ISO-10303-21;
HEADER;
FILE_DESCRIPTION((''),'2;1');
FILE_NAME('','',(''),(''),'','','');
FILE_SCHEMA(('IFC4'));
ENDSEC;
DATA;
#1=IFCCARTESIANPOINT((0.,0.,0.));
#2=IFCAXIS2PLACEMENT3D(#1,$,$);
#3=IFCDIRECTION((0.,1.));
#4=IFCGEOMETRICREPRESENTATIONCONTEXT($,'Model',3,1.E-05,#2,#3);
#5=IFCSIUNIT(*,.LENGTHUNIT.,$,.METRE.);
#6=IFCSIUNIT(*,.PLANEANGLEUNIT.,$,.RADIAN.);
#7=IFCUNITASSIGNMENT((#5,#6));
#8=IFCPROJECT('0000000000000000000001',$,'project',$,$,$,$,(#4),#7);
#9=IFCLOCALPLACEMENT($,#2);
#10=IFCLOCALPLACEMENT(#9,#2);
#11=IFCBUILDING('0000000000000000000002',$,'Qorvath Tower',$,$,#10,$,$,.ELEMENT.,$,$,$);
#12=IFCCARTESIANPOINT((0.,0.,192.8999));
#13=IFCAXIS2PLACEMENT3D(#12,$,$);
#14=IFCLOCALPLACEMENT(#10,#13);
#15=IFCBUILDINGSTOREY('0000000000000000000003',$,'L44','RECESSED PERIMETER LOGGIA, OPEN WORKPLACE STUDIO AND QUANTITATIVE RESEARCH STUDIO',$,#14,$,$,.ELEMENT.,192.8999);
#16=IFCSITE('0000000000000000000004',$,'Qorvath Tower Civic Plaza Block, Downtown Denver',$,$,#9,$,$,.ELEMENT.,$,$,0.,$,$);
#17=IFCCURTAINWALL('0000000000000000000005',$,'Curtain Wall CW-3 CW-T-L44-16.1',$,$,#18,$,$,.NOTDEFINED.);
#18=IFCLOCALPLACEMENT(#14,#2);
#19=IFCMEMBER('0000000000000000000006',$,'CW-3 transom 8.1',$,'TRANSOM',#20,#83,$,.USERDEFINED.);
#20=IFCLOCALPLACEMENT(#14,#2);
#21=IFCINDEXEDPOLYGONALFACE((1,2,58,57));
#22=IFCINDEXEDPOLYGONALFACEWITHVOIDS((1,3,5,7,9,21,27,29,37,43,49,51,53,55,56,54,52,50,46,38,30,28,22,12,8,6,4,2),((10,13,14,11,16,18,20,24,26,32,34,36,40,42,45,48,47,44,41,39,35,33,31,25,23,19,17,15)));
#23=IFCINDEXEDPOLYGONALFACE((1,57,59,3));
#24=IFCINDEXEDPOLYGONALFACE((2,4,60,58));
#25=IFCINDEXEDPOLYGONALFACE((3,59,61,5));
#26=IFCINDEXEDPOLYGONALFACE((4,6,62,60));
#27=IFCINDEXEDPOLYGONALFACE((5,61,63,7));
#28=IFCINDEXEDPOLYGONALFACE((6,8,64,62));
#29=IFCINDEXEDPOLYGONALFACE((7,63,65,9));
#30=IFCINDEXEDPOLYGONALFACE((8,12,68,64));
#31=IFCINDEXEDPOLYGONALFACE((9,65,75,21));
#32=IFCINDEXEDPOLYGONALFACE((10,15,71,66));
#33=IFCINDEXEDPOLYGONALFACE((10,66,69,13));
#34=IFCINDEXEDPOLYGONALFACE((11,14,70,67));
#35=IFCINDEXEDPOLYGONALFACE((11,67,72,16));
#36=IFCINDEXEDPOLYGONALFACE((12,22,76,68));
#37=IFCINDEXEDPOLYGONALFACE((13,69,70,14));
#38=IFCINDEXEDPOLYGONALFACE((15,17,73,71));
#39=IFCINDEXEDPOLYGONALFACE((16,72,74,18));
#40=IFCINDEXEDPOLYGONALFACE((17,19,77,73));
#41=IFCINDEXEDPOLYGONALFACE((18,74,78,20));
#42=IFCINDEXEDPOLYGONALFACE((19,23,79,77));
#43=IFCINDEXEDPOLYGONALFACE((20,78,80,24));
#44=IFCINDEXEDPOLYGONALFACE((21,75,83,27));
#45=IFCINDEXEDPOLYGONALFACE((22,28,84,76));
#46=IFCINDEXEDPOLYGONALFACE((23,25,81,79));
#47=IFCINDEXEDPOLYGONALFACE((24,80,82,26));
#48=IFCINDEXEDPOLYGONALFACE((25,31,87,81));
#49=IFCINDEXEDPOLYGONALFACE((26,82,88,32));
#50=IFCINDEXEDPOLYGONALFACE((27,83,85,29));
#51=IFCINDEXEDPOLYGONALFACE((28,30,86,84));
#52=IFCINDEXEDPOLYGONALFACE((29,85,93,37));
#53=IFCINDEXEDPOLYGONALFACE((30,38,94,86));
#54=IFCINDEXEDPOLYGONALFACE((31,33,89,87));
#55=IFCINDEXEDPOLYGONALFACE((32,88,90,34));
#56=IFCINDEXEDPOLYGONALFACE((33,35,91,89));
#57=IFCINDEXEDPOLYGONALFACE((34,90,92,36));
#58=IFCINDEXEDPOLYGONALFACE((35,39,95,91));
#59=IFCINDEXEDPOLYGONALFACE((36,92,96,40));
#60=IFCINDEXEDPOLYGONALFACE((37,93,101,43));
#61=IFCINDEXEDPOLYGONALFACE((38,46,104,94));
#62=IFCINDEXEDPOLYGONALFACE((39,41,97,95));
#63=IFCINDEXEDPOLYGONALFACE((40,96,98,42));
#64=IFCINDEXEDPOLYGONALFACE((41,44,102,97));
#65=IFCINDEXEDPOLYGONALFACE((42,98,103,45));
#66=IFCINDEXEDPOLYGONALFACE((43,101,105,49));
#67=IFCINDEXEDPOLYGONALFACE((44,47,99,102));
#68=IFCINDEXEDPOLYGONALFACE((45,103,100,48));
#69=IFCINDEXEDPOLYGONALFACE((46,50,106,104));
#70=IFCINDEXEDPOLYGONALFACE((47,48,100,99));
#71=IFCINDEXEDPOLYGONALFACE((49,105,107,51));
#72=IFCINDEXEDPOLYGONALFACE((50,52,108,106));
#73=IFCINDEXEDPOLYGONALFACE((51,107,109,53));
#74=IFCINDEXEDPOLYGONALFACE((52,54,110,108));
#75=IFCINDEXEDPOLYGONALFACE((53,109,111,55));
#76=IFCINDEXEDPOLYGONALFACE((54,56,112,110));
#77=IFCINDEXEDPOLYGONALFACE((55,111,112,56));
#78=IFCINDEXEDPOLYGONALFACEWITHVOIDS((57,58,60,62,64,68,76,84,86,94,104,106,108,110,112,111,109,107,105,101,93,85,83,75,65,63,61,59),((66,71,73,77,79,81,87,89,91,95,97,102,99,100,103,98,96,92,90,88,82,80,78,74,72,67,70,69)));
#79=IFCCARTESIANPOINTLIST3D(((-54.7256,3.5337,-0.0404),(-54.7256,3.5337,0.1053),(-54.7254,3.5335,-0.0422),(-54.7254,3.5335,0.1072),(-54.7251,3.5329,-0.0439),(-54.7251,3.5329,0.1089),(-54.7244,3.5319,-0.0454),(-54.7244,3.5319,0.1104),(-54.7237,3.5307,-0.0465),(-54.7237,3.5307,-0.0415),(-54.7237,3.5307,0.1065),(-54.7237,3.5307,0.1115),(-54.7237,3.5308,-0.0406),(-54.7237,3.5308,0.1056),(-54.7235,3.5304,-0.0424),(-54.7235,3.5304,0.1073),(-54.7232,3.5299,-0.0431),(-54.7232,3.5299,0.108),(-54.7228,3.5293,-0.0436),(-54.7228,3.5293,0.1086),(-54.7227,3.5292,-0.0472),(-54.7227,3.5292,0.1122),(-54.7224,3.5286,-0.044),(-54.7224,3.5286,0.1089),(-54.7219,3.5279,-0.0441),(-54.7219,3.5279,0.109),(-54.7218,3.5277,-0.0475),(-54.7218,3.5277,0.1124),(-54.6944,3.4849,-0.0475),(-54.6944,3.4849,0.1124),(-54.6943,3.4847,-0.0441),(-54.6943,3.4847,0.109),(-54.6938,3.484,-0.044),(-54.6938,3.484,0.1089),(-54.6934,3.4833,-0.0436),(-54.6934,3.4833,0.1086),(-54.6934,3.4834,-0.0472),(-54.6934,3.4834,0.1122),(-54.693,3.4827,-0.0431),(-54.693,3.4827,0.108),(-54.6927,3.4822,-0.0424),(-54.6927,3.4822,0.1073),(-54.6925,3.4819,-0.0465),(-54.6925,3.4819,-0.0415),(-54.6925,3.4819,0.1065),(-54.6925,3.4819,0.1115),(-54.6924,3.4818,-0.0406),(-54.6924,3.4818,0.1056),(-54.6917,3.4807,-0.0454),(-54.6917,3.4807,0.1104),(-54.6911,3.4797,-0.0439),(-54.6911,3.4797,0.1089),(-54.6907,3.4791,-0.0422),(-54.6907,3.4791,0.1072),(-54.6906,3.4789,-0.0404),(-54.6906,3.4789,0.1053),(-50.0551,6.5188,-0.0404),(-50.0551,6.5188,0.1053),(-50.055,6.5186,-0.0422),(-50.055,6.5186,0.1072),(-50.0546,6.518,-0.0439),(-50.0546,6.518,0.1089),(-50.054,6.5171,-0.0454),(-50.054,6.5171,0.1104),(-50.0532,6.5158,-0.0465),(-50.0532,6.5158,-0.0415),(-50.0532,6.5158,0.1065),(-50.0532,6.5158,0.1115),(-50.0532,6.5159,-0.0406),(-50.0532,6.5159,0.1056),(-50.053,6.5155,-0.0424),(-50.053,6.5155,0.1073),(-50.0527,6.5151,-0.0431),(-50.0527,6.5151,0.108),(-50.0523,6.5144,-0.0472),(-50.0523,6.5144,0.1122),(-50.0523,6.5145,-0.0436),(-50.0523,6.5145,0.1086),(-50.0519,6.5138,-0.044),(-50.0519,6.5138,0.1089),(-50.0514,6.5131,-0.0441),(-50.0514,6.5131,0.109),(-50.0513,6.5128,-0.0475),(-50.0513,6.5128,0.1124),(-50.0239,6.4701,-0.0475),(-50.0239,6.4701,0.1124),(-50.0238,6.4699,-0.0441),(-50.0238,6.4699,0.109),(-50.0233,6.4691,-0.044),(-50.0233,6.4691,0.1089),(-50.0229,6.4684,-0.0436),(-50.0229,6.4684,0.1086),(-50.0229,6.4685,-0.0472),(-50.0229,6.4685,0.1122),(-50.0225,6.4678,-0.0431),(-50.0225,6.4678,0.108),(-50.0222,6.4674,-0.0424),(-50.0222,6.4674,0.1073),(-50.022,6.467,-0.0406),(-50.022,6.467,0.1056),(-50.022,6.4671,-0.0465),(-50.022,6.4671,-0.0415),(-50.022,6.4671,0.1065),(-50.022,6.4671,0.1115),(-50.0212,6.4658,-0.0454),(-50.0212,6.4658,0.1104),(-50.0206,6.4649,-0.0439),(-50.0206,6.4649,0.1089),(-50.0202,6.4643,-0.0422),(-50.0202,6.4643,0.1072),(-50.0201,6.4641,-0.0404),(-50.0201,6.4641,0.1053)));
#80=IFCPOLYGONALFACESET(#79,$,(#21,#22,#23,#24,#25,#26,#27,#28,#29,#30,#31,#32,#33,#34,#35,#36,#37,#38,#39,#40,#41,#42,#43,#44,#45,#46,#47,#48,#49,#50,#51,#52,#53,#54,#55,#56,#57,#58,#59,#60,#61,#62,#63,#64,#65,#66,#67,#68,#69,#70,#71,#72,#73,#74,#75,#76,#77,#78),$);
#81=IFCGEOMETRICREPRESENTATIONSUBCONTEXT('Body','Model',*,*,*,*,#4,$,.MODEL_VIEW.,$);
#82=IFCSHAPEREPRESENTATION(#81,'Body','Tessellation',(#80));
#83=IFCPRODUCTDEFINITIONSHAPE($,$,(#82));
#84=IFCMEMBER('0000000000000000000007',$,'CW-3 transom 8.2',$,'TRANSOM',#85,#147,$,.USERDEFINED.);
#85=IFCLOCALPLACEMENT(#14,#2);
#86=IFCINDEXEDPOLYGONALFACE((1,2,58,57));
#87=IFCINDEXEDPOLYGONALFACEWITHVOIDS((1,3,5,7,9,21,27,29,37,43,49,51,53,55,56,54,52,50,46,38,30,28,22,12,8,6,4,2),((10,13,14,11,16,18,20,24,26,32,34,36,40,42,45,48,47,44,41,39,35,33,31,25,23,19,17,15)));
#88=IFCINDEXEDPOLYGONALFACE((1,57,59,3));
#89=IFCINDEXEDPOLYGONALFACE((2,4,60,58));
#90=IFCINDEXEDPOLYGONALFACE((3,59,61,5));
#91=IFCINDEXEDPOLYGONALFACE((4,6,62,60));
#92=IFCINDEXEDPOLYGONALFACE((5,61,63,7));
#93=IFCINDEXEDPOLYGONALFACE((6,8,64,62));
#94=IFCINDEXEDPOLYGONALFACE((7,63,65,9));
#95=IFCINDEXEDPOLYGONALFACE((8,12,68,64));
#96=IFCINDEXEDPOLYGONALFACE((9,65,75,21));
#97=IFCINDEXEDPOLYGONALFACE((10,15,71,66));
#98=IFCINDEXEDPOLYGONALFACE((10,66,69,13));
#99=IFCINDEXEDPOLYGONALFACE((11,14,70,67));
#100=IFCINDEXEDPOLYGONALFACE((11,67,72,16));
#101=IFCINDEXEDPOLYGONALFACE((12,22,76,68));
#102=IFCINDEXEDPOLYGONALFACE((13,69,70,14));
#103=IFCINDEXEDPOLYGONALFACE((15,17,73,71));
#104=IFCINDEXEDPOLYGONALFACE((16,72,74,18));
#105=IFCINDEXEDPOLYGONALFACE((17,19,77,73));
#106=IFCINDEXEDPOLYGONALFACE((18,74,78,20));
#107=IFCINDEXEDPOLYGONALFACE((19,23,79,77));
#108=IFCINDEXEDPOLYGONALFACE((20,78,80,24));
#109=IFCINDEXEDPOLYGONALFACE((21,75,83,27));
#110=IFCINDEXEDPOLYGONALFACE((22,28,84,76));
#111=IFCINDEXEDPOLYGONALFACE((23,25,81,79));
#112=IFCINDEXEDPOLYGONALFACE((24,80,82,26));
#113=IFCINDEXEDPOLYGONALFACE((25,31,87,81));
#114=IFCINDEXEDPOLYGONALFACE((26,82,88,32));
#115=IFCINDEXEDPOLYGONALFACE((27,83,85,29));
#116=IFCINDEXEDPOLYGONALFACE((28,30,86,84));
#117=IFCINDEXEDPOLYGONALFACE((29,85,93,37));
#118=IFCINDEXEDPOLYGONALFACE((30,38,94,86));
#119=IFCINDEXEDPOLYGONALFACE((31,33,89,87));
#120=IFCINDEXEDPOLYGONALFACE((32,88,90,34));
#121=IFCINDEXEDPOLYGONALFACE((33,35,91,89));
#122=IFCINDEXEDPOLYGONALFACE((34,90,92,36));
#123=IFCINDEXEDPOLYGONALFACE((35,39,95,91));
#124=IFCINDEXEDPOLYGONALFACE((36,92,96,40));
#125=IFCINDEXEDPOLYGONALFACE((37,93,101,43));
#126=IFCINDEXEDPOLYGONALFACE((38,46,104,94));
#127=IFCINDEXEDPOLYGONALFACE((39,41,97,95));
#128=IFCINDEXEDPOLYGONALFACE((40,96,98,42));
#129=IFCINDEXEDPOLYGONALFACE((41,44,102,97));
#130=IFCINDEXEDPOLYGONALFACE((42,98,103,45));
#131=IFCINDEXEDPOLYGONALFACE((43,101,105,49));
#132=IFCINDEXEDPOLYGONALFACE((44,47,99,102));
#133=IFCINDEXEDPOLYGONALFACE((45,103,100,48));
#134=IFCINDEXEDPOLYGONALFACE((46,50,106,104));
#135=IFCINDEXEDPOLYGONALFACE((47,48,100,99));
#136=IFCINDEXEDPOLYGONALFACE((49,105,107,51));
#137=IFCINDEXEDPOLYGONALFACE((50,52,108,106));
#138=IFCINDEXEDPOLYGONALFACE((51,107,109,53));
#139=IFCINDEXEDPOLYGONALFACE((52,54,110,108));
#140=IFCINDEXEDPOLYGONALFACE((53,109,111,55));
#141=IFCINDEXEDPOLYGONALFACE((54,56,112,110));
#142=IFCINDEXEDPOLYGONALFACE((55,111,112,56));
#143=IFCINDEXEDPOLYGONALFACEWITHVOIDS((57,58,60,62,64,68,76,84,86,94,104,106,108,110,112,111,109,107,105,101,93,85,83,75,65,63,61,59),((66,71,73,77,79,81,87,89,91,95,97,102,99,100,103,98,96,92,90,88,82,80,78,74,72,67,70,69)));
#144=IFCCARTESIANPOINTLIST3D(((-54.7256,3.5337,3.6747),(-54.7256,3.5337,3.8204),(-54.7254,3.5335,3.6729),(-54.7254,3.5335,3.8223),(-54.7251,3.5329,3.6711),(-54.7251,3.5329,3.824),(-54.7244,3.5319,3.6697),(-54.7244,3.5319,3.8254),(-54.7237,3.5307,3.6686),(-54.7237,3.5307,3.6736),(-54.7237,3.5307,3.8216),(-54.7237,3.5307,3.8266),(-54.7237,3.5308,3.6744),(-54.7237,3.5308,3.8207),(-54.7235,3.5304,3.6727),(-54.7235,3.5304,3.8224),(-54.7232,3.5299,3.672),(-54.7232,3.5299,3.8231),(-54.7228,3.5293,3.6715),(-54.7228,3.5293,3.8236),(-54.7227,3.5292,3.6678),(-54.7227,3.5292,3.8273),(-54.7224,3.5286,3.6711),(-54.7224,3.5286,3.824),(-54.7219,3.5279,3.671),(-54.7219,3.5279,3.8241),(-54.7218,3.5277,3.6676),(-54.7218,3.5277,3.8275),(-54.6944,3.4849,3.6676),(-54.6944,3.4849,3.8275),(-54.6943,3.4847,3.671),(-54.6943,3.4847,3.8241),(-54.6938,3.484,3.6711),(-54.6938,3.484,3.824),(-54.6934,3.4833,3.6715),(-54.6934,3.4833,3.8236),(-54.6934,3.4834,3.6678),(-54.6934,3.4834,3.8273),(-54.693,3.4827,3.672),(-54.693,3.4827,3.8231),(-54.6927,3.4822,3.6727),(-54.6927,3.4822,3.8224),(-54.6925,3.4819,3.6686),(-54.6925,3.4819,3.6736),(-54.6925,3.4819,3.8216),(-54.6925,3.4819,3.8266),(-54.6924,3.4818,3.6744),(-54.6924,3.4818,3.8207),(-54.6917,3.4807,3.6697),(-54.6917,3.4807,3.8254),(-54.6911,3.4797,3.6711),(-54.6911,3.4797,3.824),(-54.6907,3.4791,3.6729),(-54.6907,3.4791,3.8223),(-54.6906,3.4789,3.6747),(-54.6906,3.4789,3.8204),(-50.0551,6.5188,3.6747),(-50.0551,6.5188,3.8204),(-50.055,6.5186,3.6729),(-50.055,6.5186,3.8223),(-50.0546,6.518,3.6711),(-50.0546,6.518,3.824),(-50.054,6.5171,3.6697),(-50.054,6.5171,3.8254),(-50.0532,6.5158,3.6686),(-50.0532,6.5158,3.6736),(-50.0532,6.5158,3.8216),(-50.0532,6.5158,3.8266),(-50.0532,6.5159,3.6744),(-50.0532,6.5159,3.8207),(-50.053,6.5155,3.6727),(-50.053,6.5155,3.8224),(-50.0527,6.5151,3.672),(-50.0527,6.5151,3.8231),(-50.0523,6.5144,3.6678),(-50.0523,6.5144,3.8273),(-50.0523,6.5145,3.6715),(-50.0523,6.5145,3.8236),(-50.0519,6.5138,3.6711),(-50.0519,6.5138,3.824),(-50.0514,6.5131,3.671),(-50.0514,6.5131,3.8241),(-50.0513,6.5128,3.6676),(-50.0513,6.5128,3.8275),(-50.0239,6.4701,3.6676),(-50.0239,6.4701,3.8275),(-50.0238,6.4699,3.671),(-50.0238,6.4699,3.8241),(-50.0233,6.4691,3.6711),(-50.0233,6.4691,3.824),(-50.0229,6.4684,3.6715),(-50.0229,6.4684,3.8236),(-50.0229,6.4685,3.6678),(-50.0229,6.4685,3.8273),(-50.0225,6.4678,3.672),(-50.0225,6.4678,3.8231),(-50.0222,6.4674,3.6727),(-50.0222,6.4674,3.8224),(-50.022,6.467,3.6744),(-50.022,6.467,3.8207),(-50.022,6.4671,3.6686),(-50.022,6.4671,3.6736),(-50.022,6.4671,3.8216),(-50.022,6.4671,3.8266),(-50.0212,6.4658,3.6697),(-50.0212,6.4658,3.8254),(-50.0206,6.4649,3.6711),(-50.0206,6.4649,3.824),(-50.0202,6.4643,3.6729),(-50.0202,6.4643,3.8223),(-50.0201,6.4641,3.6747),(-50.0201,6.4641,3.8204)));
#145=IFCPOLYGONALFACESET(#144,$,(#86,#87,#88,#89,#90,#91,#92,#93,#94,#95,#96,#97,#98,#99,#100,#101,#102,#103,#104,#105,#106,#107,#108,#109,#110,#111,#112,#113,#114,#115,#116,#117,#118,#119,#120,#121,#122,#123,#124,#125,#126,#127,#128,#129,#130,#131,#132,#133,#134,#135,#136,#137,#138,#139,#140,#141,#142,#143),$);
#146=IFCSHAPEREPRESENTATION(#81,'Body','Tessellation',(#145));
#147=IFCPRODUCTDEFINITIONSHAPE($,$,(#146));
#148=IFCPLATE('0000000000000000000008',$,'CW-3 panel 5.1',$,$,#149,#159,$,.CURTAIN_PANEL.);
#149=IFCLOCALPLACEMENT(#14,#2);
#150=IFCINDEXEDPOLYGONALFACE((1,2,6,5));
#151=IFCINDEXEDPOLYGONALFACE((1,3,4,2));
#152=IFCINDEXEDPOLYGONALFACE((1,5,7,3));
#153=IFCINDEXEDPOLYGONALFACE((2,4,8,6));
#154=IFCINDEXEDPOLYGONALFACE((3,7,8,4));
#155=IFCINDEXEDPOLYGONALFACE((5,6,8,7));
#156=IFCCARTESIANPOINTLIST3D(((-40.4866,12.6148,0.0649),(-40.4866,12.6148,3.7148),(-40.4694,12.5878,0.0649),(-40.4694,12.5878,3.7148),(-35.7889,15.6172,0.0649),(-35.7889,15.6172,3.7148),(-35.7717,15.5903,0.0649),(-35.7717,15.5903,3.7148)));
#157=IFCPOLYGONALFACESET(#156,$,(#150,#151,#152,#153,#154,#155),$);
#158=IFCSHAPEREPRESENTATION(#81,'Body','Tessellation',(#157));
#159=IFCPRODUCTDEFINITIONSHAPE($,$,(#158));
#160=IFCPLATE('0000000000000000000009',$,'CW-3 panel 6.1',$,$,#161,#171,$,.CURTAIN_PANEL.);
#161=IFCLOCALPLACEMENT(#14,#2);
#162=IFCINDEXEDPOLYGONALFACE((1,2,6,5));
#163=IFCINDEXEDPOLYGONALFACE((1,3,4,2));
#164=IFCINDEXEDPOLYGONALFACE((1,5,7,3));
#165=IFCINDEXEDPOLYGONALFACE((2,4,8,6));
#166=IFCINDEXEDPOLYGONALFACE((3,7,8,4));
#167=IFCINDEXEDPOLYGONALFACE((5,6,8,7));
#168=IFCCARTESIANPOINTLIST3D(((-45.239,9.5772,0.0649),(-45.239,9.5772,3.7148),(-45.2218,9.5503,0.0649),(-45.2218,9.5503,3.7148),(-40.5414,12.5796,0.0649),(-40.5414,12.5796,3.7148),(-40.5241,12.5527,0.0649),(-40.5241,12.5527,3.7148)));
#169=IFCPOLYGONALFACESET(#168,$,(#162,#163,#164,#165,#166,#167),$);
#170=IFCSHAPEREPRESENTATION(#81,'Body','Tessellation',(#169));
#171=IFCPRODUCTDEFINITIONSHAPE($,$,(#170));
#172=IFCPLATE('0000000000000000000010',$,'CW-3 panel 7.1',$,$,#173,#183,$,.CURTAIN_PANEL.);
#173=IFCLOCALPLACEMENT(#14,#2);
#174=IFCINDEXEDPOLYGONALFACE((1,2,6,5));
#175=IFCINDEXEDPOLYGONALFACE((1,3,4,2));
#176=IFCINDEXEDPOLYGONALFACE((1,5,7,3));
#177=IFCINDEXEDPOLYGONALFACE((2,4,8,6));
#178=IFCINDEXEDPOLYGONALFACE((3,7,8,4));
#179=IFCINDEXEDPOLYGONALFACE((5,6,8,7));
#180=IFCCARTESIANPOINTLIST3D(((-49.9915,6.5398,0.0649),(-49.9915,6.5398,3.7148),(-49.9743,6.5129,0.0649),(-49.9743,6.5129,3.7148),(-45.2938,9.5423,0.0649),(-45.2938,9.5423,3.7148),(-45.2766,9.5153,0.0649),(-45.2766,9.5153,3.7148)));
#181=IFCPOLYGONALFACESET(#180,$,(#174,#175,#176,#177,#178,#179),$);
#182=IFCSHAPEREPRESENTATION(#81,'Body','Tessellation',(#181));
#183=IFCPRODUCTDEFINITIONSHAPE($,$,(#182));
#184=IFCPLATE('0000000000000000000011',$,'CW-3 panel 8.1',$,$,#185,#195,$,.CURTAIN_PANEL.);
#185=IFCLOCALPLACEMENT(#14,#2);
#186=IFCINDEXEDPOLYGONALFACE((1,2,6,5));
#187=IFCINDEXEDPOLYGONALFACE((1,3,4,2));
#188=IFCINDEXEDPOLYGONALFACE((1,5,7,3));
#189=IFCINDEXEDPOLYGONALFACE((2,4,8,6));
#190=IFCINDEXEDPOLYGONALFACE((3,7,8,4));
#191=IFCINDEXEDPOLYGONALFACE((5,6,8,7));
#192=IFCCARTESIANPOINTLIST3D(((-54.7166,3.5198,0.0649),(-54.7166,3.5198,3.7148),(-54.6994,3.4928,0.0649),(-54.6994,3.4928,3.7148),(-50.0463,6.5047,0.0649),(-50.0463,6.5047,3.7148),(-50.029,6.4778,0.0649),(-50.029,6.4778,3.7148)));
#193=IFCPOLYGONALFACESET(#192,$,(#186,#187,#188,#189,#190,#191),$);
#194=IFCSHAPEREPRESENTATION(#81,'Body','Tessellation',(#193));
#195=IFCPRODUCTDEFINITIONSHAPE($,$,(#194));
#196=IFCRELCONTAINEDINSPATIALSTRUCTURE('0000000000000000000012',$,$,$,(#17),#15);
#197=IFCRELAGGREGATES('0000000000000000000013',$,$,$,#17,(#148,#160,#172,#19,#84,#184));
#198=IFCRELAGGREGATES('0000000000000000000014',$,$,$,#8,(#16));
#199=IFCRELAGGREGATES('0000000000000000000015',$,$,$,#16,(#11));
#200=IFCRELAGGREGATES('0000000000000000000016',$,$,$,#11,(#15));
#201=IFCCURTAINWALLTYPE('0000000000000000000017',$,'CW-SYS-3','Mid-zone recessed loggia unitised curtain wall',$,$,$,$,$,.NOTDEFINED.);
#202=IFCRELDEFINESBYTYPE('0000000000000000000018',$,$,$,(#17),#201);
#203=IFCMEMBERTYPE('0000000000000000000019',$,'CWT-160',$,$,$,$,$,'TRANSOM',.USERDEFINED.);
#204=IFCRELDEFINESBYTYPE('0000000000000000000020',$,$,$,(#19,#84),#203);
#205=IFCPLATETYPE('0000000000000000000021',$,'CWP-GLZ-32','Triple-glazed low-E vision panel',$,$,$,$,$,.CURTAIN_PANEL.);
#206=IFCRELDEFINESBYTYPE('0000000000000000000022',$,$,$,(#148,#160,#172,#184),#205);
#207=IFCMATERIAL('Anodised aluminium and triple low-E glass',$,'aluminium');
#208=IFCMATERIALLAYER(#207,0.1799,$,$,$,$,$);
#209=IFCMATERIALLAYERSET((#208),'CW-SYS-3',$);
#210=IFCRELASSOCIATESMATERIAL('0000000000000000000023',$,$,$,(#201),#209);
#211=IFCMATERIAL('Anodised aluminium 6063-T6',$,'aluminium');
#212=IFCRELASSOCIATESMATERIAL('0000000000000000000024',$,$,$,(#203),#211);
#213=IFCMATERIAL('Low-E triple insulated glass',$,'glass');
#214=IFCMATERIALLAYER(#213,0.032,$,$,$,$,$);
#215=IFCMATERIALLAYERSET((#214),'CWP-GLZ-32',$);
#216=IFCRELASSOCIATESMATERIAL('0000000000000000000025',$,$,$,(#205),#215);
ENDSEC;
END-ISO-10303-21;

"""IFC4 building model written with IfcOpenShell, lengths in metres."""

from ifc_helpers import new_model, si_unit, direction, frame, origin, origin_2d, place, context, subcontext, project, spatial, rectangle, hollow_rectangle, extrude, material, layer, layer_set, material_profile, profile_set, type_object, element, aggregate, save


model = new_model("IFC4")

# Units and contexts
model_context = context("Model", 3, precision=1e-05, world=origin(), true_north=direction((0.0, 1.0)))
body_context = subcontext(model_context, "Body", "Model", "MODEL_VIEW")
ifc_project = project(units=[si_unit("LENGTHUNIT", "METRE"), si_unit("PLANEANGLEUNIT", "RADIAN")], contexts=[model_context])

# Site, building, storey
site_placement = place(None, origin())
site = spatial("IfcSite", under=ifc_project, at=site_placement, Name="Qorvath Tower Civic Plaza Block, Downtown Denver", CompositionType="ELEMENT", RefElevation=0.0)
building_placement = place(site_placement, origin())
building = spatial("IfcBuilding", under=site, at=building_placement, Name="Qorvath Tower", CompositionType="ELEMENT")
storey_placement = place(building_placement, frame((0.0, 0.0, 192.8999)))
storey = spatial("IfcBuildingStorey", under=building, at=storey_placement, Name="L44", Description="RECESSED PERIMETER LOGGIA, OPEN WORKPLACE STUDIO AND QUANTITATIVE RESEARCH STUDIO", CompositionType="ELEMENT", Elevation=192.8999)

# Curtain wall, members, plates
ifc_material_1 = material(Name="Anodised aluminium and triple low-E glass", Category="aluminium")
ifc_layer_1 = layer(ifc_material_1, 0.1799)
ifc_layer_set_1 = layer_set([ifc_layer_1], Name="CW-SYS-3")
curtain_wall_type = type_object("IfcCurtainWallType", Name="CW-SYS-3", Description="Mid-zone recessed loggia unitised curtain wall", PredefinedType="NOTDEFINED", material=ifc_layer_set_1)
curtain_wall_placement = place(storey_placement, origin())
curtain_wall = element("IfcCurtainWall", 1, at=curtain_wall_placement, inside=storey, type_object=curtain_wall_type, Name="Curtain Wall CW-3 CW-T-L44-16.1", PredefinedType="NOTDEFINED")
ifc_material_2 = material(Name="Anodised aluminium 6063-T6", Category="aluminium")
ifc_material_profile_1 = material_profile(ifc_material_2, hollow_rectangle(XDim=0.0649, YDim=0.1599, WallThickness=0.0034, InnerFilletRadius=0.0034, OuterFilletRadius=0.0071, at=origin_2d()), Name="CWT 160x65")
ifc_profile_set_1 = profile_set([ifc_material_profile_1], Name="Anodised aluminium 6063-T6")
member_type_1 = type_object("IfcMemberType", Name="CWT-160", ElementType="TRANSOM", PredefinedType="USERDEFINED", material=ifc_profile_set_1)
member_1_placement = place(storey_placement, frame((-50.0376, 6.4915, 0.0325), z_axis=(-0.842595, -0.538547, 0.0), x_axis=(0.538547, -0.842595, 0.0)))
member_1 = element("IfcMember", 2, at=member_1_placement, type_object=member_type_1, Name="CW-3 transom 8.1", ObjectType="TRANSOM", PredefinedType="USERDEFINED", context=body_context, shape_type="SweptSolid", body=[
    extrude(hollow_rectangle(XDim=0.0649, YDim=0.1599, WallThickness=0.0034, InnerFilletRadius=0.0034, OuterFilletRadius=0.0071, at=origin_2d()), origin(), (0.0, 0.0, 1.0), 5.543),
])
member_2_placement = place(storey_placement, frame((-50.0376, 6.4915, 3.7476), z_axis=(-0.842595, -0.538547, 0.0), x_axis=(0.538547, -0.842595, 0.0)))
member_2 = element("IfcMember", 3, at=member_2_placement, type_object=member_type_1, Name="CW-3 transom 8.2", ObjectType="TRANSOM", PredefinedType="USERDEFINED", context=body_context, shape_type="SweptSolid", body=[
    extrude(hollow_rectangle(XDim=0.0649, YDim=0.1599, WallThickness=0.0034, InnerFilletRadius=0.0034, OuterFilletRadius=0.0071, at=origin_2d()), origin(), (0.0, 0.0, 1.0), 5.543),
])
ifc_material_3 = material(Name="Low-E triple insulated glass", Category="glass")
ifc_layer_2 = layer(ifc_material_3, 0.032)
ifc_layer_set_2 = layer_set([ifc_layer_2], Name="CWP-GLZ-32")
plate_type = type_object("IfcPlateType", Name="CWP-GLZ-32", Description="Triple-glazed low-E vision panel", PredefinedType="CURTAIN_PANEL", material=ifc_layer_set_2)
plate_1_placement = place(storey_placement, frame((-38.1292, 14.1025, 0.0649), z_axis=(0.0, 0.0, 1.0), x_axis=(-0.842604, -0.538534, 0.0)))
plate_1 = element("IfcPlate", 4, at=plate_1_placement, type_object=plate_type, Name="CW-3 panel 5.1", PredefinedType="CURTAIN_PANEL", context=body_context, shape_type="SweptSolid", body=[
    extrude(rectangle(XDim=5.5752, YDim=0.032, at=origin_2d()), origin(), (0.0, 0.0, 1.0), 3.6499),
])
plate_2_placement = place(storey_placement, frame((-42.8816, 11.0649, 0.0649), z_axis=(0.0, 0.0, 1.0), x_axis=(-0.842604, -0.538534, 0.0)))
plate_2 = element("IfcPlate", 5, at=plate_2_placement, type_object=plate_type, Name="CW-3 panel 6.1", PredefinedType="CURTAIN_PANEL", context=body_context, shape_type="SweptSolid", body=[
    extrude(rectangle(XDim=5.5752, YDim=0.032, at=origin_2d()), origin(), (0.0, 0.0, 1.0), 3.6499),
])
plate_3_placement = place(storey_placement, frame((-47.634, 8.0276, 0.0649), z_axis=(0.0, 0.0, 1.0), x_axis=(-0.842604, -0.538534, 0.0)))
plate_3 = element("IfcPlate", 6, at=plate_3_placement, type_object=plate_type, Name="CW-3 panel 7.1", PredefinedType="CURTAIN_PANEL", context=body_context, shape_type="SweptSolid", body=[
    extrude(rectangle(XDim=5.5752, YDim=0.032, at=origin_2d()), origin(), (0.0, 0.0, 1.0), 3.6499),
])
plate_4_placement = place(storey_placement, frame((-52.3728, 4.9988, 0.0649), z_axis=(0.0, 0.0, 1.0), x_axis=(-0.842604, -0.538534, 0.0)))
plate_4 = element("IfcPlate", 7, at=plate_4_placement, type_object=plate_type, Name="CW-3 panel 8.1", PredefinedType="CURTAIN_PANEL", context=body_context, shape_type="SweptSolid", body=[
    extrude(rectangle(XDim=5.5427, YDim=0.032, at=origin_2d()), origin(), (0.0, 0.0, 1.0), 3.6499),
])
aggregate(curtain_wall, [plate_1, plate_2, plate_3, member_1, member_2, plate_4])

save(model, "model.ifc")
